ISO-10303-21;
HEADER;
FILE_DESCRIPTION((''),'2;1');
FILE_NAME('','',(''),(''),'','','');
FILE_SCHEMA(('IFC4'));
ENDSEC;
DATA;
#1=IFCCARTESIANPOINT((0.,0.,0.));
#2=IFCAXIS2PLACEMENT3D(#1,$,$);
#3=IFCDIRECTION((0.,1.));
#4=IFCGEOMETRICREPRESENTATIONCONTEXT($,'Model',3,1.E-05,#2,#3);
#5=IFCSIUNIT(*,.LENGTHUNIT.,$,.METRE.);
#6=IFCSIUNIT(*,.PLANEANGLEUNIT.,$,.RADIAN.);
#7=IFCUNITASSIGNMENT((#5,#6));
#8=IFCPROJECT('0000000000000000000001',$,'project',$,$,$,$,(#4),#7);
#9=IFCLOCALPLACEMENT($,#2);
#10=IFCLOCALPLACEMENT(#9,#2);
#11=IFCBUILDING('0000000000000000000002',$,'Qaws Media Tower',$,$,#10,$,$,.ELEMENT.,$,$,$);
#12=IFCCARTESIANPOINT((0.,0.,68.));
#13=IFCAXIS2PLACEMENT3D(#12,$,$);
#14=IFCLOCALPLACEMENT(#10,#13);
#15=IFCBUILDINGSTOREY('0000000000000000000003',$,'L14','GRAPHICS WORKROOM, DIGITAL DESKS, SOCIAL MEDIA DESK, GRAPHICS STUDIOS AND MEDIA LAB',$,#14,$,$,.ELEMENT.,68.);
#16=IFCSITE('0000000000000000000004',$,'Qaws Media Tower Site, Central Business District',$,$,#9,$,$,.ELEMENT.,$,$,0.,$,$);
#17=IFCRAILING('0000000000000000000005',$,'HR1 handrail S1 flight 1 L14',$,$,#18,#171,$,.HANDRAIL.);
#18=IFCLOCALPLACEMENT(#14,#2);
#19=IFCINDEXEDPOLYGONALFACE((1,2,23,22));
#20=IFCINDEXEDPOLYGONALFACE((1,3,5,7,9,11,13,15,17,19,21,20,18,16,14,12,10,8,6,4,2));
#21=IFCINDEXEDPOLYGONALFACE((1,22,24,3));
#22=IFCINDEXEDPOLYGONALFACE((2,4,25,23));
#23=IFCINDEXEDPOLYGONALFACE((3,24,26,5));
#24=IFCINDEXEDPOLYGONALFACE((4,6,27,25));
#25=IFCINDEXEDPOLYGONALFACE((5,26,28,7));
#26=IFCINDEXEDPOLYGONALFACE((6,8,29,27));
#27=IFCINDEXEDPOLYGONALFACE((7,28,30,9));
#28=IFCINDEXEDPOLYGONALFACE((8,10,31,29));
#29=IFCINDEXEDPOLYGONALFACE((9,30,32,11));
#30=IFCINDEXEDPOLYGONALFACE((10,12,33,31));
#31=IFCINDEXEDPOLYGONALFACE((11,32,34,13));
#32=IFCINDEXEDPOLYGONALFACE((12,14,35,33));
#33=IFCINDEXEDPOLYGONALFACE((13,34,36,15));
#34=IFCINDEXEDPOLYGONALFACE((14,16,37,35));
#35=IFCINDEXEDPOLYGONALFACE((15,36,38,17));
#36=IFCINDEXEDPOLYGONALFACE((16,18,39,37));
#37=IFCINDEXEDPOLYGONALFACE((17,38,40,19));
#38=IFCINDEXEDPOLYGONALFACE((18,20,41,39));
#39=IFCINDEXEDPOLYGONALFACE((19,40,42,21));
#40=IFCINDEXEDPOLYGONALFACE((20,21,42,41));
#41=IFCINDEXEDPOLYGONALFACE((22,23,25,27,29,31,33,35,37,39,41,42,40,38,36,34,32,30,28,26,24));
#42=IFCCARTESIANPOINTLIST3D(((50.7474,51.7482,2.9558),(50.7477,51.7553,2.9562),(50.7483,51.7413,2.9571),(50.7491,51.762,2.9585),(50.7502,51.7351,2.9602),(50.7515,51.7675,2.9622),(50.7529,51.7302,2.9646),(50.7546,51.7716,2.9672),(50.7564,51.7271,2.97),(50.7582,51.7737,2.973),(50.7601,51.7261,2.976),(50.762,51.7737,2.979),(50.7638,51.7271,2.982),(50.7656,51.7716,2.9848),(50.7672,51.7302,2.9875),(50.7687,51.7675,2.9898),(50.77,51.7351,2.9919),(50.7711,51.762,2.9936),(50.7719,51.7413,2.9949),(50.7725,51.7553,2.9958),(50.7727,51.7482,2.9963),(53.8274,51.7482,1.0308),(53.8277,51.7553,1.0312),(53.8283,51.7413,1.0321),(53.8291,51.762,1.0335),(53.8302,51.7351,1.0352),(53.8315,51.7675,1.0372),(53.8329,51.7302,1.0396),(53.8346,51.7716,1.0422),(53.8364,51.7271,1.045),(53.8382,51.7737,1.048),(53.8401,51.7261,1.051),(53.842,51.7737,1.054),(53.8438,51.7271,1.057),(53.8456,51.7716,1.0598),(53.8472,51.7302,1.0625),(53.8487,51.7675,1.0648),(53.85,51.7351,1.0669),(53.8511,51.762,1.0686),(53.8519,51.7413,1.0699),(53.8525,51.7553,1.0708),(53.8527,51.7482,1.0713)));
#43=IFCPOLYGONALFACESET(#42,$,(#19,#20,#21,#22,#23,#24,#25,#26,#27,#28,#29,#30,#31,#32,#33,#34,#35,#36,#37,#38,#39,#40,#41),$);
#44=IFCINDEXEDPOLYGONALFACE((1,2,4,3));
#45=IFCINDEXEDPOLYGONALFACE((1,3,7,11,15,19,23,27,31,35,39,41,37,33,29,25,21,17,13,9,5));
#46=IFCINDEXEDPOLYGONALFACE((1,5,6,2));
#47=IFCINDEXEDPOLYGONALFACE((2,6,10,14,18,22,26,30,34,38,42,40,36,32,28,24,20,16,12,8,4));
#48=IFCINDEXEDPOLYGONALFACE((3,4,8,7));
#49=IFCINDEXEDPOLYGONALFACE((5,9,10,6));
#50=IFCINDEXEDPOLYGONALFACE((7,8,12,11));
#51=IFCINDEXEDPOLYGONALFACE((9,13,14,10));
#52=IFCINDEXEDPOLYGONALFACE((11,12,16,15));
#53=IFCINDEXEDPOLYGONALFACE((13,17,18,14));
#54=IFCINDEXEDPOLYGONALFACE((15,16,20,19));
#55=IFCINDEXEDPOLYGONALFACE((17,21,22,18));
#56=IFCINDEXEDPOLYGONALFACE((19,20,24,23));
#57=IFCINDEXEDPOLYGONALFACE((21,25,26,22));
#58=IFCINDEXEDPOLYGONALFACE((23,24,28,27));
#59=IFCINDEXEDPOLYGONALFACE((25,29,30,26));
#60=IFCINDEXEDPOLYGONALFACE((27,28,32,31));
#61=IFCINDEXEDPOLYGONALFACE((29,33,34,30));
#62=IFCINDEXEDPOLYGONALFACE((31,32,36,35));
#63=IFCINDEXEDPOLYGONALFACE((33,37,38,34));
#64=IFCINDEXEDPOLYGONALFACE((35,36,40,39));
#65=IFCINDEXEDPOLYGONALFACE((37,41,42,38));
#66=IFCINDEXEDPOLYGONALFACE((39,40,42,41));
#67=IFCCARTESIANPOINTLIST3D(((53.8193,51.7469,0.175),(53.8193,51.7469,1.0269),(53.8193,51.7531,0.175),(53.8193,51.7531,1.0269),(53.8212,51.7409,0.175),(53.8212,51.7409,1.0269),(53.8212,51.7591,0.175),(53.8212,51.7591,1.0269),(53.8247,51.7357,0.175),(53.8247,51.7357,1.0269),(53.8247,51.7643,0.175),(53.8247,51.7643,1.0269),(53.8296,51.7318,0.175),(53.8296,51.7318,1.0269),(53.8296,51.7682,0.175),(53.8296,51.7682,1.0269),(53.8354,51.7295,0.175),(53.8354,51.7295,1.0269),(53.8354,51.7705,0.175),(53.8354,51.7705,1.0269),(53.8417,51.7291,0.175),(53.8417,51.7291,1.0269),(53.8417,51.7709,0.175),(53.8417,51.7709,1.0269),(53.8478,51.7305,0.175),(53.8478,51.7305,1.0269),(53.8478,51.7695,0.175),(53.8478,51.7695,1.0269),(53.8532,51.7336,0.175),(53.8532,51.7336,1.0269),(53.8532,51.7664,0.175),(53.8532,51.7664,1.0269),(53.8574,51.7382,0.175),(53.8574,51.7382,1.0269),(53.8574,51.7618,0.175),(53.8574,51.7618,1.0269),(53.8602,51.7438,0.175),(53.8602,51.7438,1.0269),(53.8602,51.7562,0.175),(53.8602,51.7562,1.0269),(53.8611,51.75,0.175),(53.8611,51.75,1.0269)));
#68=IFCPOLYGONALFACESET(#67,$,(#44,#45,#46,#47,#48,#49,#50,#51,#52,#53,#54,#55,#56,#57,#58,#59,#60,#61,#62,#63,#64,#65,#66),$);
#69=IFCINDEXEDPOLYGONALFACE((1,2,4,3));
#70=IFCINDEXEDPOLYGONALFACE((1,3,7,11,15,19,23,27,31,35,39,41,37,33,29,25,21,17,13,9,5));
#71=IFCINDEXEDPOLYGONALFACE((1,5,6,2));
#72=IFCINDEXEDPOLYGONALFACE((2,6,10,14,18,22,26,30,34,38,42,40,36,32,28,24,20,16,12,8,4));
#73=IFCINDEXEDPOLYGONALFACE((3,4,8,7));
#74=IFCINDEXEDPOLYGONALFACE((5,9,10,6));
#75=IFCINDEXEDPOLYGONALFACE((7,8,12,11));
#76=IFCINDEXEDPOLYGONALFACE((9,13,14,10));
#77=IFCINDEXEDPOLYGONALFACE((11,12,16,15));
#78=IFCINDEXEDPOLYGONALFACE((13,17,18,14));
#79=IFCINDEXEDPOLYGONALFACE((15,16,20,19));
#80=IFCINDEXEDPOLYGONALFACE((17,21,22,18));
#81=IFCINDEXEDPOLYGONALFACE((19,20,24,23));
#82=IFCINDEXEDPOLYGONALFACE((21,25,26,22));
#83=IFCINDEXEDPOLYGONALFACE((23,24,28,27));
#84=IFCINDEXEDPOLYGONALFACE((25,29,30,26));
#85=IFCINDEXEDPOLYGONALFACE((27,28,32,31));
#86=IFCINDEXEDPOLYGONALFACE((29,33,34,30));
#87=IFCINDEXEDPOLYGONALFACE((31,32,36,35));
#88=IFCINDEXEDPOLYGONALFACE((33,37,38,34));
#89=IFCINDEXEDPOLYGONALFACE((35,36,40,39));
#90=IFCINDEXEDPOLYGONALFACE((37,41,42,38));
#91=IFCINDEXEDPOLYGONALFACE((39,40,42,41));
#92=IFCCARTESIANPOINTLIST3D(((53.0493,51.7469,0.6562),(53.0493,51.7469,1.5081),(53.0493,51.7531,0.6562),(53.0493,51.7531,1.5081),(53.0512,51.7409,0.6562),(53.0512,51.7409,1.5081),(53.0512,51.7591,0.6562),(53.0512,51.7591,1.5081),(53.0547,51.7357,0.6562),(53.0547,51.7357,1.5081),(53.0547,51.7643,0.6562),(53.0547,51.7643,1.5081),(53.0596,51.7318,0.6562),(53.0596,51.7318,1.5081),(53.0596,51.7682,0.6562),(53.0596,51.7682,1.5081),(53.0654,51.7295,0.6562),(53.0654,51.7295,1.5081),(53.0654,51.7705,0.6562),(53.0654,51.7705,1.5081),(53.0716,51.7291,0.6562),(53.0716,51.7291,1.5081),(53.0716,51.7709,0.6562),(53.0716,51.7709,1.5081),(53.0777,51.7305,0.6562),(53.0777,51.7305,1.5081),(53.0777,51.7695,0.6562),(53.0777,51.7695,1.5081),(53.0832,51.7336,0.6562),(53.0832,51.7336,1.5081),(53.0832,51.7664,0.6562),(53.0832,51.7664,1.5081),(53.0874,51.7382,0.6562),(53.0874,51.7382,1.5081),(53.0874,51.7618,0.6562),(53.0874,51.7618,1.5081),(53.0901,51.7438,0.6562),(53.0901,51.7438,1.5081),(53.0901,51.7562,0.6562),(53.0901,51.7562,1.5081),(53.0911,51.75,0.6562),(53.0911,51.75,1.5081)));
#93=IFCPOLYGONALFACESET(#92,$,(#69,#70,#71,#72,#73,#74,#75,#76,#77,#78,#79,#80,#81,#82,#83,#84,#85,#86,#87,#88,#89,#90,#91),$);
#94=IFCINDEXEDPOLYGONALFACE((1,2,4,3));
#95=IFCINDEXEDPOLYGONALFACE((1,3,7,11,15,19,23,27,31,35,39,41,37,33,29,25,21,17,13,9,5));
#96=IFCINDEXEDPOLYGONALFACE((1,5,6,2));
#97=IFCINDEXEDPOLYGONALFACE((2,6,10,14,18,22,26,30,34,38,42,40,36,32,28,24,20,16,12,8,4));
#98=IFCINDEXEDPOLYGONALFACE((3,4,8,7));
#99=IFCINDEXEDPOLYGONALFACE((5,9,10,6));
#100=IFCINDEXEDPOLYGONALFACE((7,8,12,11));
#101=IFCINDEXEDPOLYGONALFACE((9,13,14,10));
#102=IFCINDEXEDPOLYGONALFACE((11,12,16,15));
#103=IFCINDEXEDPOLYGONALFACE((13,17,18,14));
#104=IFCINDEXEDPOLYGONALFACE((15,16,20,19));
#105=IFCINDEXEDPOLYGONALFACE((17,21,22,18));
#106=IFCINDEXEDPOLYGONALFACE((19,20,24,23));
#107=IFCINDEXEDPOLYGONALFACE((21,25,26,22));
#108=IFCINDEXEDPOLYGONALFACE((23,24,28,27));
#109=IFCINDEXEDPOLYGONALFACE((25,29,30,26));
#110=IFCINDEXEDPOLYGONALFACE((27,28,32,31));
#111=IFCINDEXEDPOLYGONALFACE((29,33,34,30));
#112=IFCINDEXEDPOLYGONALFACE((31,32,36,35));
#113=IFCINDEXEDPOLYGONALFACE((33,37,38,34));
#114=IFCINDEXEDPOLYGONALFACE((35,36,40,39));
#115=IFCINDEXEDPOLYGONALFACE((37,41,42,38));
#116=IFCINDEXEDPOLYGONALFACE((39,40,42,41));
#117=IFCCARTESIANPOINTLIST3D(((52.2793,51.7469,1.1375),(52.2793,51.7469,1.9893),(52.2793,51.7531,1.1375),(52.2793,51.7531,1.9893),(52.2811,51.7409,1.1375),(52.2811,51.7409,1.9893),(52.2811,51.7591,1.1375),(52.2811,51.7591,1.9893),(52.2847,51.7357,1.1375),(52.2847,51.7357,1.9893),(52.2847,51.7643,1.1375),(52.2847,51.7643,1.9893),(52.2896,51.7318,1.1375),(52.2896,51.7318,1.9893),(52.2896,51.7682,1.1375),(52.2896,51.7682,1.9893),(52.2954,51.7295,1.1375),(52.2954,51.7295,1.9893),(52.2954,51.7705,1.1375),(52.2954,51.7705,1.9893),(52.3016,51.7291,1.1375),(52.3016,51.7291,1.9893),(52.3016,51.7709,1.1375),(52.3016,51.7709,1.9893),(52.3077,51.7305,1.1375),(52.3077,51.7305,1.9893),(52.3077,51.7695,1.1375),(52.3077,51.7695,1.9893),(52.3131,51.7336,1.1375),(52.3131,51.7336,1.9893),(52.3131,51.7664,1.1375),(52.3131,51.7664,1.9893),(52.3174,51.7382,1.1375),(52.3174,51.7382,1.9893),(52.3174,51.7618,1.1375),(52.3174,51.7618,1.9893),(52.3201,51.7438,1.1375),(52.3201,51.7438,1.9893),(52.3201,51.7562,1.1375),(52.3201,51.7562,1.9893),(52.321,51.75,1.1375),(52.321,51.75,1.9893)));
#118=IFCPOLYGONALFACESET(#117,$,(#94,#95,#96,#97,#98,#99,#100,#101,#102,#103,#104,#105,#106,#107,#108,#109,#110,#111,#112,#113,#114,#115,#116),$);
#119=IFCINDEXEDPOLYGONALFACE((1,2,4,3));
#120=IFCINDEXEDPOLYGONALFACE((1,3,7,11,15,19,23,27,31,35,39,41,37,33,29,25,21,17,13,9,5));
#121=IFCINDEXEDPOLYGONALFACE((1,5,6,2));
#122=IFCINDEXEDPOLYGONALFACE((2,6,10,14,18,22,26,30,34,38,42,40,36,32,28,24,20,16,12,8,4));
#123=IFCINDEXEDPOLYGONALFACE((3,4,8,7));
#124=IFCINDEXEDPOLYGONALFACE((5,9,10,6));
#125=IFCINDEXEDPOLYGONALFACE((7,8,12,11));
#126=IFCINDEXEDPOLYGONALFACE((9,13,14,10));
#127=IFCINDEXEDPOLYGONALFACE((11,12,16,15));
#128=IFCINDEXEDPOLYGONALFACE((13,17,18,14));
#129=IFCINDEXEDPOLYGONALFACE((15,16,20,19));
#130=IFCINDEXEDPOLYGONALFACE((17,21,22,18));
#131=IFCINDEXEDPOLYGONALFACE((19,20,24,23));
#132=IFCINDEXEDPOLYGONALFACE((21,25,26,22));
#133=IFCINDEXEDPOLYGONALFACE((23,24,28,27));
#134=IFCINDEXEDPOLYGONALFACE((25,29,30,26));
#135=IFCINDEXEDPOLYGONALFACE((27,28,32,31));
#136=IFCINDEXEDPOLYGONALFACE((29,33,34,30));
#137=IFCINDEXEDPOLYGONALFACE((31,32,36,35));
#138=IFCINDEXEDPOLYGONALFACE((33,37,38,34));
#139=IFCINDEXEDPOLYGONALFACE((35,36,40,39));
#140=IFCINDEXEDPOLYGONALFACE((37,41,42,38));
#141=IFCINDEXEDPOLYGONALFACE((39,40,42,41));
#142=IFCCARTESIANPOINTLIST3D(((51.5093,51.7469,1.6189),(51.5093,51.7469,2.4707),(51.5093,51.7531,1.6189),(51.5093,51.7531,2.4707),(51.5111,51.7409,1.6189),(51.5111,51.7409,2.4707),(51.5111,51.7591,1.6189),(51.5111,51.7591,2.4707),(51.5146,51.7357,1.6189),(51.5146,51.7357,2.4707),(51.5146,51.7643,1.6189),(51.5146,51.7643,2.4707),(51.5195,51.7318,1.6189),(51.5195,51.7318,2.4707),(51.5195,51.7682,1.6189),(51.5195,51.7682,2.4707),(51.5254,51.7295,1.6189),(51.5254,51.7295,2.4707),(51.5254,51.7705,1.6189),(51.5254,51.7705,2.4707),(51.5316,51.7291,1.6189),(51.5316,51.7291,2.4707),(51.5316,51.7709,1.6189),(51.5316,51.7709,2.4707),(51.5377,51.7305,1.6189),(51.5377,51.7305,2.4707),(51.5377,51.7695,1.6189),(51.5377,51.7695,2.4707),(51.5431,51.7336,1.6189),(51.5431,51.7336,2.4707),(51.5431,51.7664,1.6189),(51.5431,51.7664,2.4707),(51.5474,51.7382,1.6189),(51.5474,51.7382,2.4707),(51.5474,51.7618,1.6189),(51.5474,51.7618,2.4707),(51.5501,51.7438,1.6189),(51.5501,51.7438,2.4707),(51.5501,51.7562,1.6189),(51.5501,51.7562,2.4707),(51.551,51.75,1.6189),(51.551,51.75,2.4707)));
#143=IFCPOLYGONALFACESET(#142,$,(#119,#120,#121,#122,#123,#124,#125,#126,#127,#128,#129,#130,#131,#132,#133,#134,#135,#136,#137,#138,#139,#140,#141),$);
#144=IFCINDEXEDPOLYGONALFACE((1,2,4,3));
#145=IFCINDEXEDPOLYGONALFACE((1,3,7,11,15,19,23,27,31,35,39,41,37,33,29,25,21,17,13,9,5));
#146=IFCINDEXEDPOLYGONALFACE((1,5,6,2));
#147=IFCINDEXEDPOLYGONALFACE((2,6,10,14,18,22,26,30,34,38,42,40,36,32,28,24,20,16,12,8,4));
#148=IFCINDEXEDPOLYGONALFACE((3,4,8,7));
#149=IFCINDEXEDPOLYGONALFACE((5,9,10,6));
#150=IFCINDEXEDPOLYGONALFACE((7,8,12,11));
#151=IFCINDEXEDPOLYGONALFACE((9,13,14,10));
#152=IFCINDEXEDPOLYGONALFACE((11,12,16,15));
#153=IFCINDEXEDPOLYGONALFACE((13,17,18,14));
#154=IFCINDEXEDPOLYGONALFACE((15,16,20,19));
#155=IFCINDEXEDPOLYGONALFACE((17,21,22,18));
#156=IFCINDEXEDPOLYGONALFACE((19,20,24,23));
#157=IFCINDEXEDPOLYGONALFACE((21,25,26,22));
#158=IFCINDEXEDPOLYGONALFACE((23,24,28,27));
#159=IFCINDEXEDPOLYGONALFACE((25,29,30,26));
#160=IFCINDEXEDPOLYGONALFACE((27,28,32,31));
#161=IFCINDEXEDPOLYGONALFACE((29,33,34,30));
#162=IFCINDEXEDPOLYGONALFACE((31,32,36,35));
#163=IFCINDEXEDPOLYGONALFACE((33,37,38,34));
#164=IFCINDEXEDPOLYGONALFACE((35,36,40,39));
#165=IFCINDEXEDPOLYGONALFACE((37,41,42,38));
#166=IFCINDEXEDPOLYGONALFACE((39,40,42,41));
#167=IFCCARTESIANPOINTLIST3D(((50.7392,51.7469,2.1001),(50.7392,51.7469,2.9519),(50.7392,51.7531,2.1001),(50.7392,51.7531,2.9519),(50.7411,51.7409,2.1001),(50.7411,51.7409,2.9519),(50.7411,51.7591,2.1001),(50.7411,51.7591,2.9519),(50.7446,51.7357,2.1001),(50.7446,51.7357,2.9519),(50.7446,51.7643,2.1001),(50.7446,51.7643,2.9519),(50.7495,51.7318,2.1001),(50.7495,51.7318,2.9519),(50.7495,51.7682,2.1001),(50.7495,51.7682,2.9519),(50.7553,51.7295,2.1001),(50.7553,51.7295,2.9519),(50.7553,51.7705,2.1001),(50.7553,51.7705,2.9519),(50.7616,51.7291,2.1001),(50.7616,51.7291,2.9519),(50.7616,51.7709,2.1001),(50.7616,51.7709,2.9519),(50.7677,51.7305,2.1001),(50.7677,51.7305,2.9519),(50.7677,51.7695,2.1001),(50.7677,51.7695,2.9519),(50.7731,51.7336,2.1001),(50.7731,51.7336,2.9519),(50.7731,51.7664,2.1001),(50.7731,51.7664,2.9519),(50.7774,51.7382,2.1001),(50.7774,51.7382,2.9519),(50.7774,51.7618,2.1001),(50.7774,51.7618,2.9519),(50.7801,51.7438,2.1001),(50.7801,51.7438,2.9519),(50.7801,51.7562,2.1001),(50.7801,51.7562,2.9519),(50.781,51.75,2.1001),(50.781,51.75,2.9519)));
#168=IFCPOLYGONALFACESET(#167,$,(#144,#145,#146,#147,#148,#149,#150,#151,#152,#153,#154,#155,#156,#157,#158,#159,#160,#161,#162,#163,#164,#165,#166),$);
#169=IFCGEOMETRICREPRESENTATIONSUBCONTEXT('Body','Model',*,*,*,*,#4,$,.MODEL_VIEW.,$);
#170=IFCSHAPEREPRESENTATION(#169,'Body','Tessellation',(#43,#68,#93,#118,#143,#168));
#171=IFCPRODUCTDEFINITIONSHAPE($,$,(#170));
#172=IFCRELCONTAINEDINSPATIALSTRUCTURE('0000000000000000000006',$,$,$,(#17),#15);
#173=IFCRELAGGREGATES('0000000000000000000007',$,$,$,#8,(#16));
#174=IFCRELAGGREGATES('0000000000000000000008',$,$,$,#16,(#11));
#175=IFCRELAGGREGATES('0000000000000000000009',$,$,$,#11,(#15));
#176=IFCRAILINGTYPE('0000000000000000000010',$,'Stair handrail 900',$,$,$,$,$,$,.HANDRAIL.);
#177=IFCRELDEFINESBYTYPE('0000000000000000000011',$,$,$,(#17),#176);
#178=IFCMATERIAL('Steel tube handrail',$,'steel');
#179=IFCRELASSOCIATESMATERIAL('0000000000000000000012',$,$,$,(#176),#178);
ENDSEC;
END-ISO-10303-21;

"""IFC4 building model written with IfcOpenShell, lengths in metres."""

from ifc_helpers import new_model, si_unit, direction, frame, origin, origin_2d, place, context, subcontext, project, spatial, circle, extrude, material, type_object, element, save


model = new_model("IFC4")

# Units and contexts
model_context = context("Model", 3, precision=1e-05, world=origin(), true_north=direction((0.0, 1.0)))
body_context = subcontext(model_context, "Body", "Model", "MODEL_VIEW")
ifc_project = project(units=[si_unit("LENGTHUNIT", "METRE"), si_unit("PLANEANGLEUNIT", "RADIAN")], contexts=[model_context])

# Site, building, storey
site_placement = place(None, origin())
site = spatial("IfcSite", under=ifc_project, at=site_placement, Name="Qaws Media Tower Site, Central Business District", CompositionType="ELEMENT", RefElevation=0.0)
building_placement = place(site_placement, origin())
building = spatial("IfcBuilding", under=site, at=building_placement, Name="Qaws Media Tower", CompositionType="ELEMENT")
storey_placement = place(building_placement, frame((0.0, 0.0, 68.0)))
storey = spatial("IfcBuildingStorey", under=building, at=storey_placement, Name="L14", Description="GRAPHICS WORKROOM, DIGITAL DESKS, SOCIAL MEDIA DESK, GRAPHICS STUDIOS AND MEDIA LAB", CompositionType="ELEMENT", Elevation=68.0)

# Railing
ifc_material_1 = material(Name="Steel tube handrail", Category="steel")
railing_type = type_object("IfcRailingType", Name="Stair handrail 900", PredefinedType="HANDRAIL", material=ifc_material_1)
for number, where, name in (
    (1, (53.8401, 51.75, 0.175), "HR1 handrail S1 flight 1 L14"),
):
    element("IfcRailing", number, at=place(storey_placement, frame(where)), inside=storey, type_object=railing_type, Name=name, PredefinedType="HANDRAIL", context=body_context, shape_type="SweptSolid", body=[
        extrude(circle(Radius=0.0239, at=origin_2d()), frame((0.0, 0.0, 0.876), z_axis=(-0.847998, 0.0, 0.529999), x_axis=(0.0, -1.0, 0.0)), (0.0, 0.0, 1.0), 3.6321),
        extrude(circle(Radius=0.021, at=origin_2d()), origin(), (0.0, 0.0, 1.0), 0.8518),
        extrude(circle(Radius=0.021, at=origin_2d()), frame((-0.77, 0.0, 0.4812)), (0.0, 0.0, 1.0), 0.8518),
        extrude(circle(Radius=0.021, at=origin_2d()), frame((-1.54, 0.0, 0.9624)), (0.0, 0.0, 1.0), 0.8518),
        extrude(circle(Radius=0.021, at=origin_2d()), frame((-2.3101, 0.0, 1.4438)), (0.0, 0.0, 1.0), 0.8518),
        extrude(circle(Radius=0.021, at=origin_2d()), frame((-3.0801, 0.0, 1.925)), (0.0, 0.0, 1.0), 0.8518),
    ])

save(model, "model.ifc")
